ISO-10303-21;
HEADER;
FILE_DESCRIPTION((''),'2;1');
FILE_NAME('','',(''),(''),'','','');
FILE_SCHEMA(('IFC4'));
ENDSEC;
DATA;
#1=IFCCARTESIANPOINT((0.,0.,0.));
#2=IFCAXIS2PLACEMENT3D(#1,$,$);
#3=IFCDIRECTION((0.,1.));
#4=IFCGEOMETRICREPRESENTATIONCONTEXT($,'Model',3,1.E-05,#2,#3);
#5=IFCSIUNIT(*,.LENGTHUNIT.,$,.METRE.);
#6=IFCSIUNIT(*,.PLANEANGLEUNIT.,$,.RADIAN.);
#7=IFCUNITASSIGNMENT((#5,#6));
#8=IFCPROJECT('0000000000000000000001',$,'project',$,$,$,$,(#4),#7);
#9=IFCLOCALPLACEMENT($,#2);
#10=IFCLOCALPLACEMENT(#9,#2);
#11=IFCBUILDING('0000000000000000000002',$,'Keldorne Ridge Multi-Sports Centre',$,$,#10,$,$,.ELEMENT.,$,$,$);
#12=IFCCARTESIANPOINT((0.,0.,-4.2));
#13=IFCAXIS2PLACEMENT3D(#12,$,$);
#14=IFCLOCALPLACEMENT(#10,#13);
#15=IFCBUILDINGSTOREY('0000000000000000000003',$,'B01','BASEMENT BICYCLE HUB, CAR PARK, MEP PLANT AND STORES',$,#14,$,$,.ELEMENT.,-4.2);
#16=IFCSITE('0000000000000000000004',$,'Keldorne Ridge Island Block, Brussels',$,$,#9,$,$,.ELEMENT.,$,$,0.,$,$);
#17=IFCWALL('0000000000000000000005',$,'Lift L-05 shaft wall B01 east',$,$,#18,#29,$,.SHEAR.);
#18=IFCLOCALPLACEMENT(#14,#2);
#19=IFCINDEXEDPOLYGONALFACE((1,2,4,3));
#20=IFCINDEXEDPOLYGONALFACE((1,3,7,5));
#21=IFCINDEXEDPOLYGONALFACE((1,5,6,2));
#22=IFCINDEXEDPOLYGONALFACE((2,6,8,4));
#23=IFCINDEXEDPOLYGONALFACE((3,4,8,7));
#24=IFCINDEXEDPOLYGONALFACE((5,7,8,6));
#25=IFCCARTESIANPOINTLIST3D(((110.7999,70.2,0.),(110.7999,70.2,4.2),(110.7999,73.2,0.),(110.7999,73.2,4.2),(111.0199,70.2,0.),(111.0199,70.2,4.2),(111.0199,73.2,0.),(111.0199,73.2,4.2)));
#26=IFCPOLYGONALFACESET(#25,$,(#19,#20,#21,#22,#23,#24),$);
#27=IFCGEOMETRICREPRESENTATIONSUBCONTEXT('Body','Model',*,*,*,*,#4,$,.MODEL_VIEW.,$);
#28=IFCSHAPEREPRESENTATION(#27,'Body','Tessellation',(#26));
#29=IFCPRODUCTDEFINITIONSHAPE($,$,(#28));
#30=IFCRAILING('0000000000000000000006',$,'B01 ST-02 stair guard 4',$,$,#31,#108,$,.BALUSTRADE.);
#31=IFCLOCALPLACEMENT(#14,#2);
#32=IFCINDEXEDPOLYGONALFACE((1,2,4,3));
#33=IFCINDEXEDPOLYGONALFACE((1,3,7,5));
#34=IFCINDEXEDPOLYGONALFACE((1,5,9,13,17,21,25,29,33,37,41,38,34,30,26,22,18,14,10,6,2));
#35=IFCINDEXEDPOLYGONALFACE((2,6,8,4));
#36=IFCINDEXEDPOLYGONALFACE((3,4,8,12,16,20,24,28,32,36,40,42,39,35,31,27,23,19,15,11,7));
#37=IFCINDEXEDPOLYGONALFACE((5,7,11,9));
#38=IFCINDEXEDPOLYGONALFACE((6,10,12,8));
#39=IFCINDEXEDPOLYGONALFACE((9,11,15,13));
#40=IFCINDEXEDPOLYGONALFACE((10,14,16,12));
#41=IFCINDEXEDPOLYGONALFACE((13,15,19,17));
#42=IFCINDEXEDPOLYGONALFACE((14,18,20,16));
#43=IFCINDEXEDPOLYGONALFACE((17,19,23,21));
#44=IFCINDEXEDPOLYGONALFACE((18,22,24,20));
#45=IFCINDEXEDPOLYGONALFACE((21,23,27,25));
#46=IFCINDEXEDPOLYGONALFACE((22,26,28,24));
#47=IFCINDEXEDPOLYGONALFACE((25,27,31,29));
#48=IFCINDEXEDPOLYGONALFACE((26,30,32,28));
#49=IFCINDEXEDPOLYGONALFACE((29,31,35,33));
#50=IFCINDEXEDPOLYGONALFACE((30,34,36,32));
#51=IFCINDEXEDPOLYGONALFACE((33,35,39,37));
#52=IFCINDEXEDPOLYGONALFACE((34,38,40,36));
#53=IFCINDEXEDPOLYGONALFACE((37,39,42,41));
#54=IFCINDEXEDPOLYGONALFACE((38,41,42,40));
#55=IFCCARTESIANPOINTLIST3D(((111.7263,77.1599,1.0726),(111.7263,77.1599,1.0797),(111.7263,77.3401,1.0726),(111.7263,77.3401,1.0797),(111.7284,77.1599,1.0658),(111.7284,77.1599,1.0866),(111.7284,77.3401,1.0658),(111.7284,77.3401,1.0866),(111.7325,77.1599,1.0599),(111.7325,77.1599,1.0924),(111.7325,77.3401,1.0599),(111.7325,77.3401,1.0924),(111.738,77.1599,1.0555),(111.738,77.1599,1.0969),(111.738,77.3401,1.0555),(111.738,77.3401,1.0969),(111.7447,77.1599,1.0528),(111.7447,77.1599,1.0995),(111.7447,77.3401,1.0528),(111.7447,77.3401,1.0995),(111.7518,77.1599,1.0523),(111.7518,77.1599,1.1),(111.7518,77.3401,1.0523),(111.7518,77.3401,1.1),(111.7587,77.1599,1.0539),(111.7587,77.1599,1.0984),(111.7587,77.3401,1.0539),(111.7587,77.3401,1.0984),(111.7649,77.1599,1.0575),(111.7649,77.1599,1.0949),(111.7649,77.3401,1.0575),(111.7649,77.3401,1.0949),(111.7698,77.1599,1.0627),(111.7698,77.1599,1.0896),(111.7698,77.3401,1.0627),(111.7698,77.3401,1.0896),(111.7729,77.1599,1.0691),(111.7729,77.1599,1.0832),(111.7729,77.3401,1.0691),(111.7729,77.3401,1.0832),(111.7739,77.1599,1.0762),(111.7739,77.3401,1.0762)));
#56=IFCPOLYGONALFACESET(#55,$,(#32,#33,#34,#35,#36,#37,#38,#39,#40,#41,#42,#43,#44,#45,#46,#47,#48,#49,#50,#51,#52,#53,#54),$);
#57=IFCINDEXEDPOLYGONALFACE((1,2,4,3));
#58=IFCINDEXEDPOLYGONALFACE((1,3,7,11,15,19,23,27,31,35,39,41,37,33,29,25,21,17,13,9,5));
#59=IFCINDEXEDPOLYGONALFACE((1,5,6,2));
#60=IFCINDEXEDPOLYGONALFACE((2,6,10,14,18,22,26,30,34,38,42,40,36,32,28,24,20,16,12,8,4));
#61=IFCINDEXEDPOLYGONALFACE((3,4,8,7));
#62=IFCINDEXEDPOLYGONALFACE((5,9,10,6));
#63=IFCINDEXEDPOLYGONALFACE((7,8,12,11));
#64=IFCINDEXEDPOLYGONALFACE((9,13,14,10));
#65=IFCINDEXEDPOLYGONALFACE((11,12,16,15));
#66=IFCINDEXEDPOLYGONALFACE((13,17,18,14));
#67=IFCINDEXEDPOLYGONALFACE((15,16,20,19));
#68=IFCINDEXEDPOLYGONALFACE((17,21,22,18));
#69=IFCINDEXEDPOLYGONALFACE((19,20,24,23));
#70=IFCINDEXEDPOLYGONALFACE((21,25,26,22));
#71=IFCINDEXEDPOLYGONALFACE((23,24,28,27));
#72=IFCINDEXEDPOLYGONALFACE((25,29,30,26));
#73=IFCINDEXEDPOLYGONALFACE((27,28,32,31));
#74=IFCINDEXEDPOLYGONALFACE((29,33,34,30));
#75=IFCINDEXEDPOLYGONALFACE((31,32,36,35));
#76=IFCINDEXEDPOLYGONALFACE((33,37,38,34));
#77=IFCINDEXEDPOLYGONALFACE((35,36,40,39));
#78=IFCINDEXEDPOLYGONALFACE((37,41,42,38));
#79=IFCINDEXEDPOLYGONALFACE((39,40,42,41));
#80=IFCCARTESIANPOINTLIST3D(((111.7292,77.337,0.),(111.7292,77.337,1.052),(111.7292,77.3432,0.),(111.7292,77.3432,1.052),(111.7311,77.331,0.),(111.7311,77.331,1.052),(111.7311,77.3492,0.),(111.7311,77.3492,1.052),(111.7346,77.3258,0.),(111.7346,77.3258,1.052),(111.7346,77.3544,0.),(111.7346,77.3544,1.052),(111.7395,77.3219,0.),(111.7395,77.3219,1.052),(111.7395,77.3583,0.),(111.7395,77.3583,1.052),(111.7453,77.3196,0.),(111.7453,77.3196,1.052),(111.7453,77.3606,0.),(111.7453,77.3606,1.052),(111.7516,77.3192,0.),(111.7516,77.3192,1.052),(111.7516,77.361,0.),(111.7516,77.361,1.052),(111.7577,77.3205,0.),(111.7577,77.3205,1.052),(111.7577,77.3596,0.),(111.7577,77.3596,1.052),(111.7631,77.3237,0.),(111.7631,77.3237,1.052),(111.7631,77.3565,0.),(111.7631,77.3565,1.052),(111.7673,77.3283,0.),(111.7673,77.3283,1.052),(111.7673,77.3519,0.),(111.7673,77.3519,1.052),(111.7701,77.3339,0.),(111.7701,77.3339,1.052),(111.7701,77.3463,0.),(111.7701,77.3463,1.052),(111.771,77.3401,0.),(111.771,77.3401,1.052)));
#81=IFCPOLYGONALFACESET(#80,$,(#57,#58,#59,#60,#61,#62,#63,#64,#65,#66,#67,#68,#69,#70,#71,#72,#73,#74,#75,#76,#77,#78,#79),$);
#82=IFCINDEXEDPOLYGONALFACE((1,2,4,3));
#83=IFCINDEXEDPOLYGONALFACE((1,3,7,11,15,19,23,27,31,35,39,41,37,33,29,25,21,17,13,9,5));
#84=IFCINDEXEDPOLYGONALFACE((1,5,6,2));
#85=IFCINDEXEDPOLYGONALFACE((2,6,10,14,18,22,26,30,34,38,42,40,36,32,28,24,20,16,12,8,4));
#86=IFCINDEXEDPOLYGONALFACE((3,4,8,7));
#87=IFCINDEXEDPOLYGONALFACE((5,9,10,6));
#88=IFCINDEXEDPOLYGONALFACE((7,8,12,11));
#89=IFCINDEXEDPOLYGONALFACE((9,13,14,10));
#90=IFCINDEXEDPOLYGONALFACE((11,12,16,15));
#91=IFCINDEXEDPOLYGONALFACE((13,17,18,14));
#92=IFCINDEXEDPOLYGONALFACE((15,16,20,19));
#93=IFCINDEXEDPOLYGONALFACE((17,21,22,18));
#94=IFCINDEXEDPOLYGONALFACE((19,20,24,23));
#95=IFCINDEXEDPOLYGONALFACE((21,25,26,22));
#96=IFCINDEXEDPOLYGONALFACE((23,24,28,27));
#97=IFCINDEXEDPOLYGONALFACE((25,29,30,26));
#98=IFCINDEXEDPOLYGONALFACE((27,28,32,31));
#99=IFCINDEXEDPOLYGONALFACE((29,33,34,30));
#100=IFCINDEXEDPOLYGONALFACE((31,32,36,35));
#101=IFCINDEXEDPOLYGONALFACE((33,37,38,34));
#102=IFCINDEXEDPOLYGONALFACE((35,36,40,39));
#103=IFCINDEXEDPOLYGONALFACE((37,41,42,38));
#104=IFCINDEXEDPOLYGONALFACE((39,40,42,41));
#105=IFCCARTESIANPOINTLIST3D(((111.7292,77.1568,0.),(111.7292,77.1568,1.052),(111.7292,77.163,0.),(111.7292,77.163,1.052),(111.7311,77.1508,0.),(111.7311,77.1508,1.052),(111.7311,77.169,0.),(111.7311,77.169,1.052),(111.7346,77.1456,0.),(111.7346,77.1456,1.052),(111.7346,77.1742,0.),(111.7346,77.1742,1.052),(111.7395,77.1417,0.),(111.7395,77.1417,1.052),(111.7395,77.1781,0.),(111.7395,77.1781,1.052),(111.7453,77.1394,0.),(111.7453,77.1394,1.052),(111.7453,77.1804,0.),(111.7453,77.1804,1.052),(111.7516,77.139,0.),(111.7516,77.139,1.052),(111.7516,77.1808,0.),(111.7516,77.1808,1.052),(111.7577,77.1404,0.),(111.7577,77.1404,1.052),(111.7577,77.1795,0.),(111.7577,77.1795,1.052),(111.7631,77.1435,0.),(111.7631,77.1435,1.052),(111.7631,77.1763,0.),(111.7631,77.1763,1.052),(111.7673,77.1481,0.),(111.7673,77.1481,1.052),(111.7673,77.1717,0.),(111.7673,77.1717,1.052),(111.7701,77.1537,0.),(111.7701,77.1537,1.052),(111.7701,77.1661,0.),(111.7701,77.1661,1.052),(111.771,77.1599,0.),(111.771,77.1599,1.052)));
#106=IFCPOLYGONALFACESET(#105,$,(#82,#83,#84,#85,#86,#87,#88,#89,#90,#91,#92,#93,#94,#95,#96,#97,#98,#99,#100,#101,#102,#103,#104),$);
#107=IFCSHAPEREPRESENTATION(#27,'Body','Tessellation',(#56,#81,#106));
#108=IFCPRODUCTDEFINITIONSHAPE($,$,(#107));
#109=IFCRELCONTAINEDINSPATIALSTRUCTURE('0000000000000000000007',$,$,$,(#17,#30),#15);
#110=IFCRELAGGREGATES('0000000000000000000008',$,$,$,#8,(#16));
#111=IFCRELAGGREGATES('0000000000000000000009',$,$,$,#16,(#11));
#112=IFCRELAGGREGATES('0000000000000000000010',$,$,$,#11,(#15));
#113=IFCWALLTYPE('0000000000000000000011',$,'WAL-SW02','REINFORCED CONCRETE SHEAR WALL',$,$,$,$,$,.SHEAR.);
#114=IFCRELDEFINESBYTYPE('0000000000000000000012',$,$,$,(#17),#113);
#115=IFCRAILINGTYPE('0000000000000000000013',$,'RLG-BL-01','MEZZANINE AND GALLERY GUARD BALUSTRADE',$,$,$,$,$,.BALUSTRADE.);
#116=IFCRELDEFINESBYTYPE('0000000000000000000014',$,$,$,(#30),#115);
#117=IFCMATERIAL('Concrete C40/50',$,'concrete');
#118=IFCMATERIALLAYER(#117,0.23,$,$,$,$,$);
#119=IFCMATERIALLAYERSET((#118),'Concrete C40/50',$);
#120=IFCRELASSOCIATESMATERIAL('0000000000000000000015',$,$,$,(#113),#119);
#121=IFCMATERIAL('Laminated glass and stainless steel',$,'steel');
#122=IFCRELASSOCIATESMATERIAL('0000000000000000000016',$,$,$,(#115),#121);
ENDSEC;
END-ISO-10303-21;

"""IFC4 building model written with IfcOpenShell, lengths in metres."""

from ifc_helpers import new_model, si_unit, direction, frame, frame_2d, origin, origin_2d, place, context, subcontext, project, spatial, rectangle, circle, extrude, material, layer, layer_set, type_object, element, save


model = new_model("IFC4")

# Units and contexts
model_context = context("Model", 3, precision=1e-05, world=origin(), true_north=direction((0.0, 1.0)))
body_context = subcontext(model_context, "Body", "Model", "MODEL_VIEW")
ifc_project = project(units=[si_unit("LENGTHUNIT", "METRE"), si_unit("PLANEANGLEUNIT", "RADIAN")], contexts=[model_context])

# Site, building, storey
site_placement = place(None, origin())
site = spatial("IfcSite", under=ifc_project, at=site_placement, Name="Keldorne Ridge Island Block, Brussels", CompositionType="ELEMENT", RefElevation=0.0)
building_placement = place(site_placement, origin())
building = spatial("IfcBuilding", under=site, at=building_placement, Name="Keldorne Ridge Multi-Sports Centre", CompositionType="ELEMENT")
storey_placement = place(building_placement, frame((0.0, 0.0, -4.2)))
storey = spatial("IfcBuildingStorey", under=building, at=storey_placement, Name="B01", Description="BASEMENT BICYCLE HUB, CAR PARK, MEP PLANT AND STORES", CompositionType="ELEMENT", Elevation=-4.2)

# Shared definitions
ifc_material_1 = material(Name="Concrete C40/50", Category="concrete")

# Wall
ifc_layer_1 = layer(ifc_material_1, 0.23)
ifc_layer_set_1 = layer_set([ifc_layer_1], Name="Concrete C40/50")
wall_type_1 = type_object("IfcWallType", Name="WAL-SW02", Description="REINFORCED CONCRETE SHEAR WALL", PredefinedType="SHEAR", material=ifc_layer_set_1)
wall_1_placement = place(storey_placement, frame((110.9099, 70.2, 0.0), z_axis=(0.0, 0.0, 1.0), x_axis=(0.0, 1.0, 0.0)))
element("IfcWall", 1, at=wall_1_placement, inside=storey, type_object=wall_type_1, Name="Lift L-05 shaft wall B01 east", PredefinedType="SHEAR", context=body_context, shape_type="SweptSolid", body=[
    extrude(rectangle(XDim=3.0, YDim=0.22, at=frame_2d((1.5, 0.0))), origin(), (0.0, 0.0, 1.0), 4.2),
])

# Railing
ifc_material_2 = material(Name="Laminated glass and stainless steel", Category="steel")
railing_type = type_object("IfcRailingType", Name="RLG-BL-01", Description="MEZZANINE AND GALLERY GUARD BALUSTRADE", PredefinedType="BALUSTRADE", material=ifc_material_2)
railing_placement = place(storey_placement, frame((111.75, 77.3401, 0.0)))
element("IfcRailing", 2, at=railing_placement, inside=storey, type_object=railing_type, Name="B01 ST-02 stair guard 4", PredefinedType="BALUSTRADE", context=body_context, shape_type="SweptSolid", body=[
    extrude(circle(Radius=0.0239, at=origin_2d()), frame((0.0, 0.0, 1.0762), z_axis=(0.0, -1.0, 0.0), x_axis=(1.0, 0.0, 0.0)), (0.0, 0.0, 1.0), 0.1802),
    extrude(circle(Radius=0.021, at=origin_2d()), origin(), (0.0, 0.0, 1.0), 1.052),
    extrude(circle(Radius=0.021, at=origin_2d()), frame((0.0, -0.1802, 0.0)), (0.0, 0.0, 1.0), 1.052),
])

save(model, "model.ifc")
